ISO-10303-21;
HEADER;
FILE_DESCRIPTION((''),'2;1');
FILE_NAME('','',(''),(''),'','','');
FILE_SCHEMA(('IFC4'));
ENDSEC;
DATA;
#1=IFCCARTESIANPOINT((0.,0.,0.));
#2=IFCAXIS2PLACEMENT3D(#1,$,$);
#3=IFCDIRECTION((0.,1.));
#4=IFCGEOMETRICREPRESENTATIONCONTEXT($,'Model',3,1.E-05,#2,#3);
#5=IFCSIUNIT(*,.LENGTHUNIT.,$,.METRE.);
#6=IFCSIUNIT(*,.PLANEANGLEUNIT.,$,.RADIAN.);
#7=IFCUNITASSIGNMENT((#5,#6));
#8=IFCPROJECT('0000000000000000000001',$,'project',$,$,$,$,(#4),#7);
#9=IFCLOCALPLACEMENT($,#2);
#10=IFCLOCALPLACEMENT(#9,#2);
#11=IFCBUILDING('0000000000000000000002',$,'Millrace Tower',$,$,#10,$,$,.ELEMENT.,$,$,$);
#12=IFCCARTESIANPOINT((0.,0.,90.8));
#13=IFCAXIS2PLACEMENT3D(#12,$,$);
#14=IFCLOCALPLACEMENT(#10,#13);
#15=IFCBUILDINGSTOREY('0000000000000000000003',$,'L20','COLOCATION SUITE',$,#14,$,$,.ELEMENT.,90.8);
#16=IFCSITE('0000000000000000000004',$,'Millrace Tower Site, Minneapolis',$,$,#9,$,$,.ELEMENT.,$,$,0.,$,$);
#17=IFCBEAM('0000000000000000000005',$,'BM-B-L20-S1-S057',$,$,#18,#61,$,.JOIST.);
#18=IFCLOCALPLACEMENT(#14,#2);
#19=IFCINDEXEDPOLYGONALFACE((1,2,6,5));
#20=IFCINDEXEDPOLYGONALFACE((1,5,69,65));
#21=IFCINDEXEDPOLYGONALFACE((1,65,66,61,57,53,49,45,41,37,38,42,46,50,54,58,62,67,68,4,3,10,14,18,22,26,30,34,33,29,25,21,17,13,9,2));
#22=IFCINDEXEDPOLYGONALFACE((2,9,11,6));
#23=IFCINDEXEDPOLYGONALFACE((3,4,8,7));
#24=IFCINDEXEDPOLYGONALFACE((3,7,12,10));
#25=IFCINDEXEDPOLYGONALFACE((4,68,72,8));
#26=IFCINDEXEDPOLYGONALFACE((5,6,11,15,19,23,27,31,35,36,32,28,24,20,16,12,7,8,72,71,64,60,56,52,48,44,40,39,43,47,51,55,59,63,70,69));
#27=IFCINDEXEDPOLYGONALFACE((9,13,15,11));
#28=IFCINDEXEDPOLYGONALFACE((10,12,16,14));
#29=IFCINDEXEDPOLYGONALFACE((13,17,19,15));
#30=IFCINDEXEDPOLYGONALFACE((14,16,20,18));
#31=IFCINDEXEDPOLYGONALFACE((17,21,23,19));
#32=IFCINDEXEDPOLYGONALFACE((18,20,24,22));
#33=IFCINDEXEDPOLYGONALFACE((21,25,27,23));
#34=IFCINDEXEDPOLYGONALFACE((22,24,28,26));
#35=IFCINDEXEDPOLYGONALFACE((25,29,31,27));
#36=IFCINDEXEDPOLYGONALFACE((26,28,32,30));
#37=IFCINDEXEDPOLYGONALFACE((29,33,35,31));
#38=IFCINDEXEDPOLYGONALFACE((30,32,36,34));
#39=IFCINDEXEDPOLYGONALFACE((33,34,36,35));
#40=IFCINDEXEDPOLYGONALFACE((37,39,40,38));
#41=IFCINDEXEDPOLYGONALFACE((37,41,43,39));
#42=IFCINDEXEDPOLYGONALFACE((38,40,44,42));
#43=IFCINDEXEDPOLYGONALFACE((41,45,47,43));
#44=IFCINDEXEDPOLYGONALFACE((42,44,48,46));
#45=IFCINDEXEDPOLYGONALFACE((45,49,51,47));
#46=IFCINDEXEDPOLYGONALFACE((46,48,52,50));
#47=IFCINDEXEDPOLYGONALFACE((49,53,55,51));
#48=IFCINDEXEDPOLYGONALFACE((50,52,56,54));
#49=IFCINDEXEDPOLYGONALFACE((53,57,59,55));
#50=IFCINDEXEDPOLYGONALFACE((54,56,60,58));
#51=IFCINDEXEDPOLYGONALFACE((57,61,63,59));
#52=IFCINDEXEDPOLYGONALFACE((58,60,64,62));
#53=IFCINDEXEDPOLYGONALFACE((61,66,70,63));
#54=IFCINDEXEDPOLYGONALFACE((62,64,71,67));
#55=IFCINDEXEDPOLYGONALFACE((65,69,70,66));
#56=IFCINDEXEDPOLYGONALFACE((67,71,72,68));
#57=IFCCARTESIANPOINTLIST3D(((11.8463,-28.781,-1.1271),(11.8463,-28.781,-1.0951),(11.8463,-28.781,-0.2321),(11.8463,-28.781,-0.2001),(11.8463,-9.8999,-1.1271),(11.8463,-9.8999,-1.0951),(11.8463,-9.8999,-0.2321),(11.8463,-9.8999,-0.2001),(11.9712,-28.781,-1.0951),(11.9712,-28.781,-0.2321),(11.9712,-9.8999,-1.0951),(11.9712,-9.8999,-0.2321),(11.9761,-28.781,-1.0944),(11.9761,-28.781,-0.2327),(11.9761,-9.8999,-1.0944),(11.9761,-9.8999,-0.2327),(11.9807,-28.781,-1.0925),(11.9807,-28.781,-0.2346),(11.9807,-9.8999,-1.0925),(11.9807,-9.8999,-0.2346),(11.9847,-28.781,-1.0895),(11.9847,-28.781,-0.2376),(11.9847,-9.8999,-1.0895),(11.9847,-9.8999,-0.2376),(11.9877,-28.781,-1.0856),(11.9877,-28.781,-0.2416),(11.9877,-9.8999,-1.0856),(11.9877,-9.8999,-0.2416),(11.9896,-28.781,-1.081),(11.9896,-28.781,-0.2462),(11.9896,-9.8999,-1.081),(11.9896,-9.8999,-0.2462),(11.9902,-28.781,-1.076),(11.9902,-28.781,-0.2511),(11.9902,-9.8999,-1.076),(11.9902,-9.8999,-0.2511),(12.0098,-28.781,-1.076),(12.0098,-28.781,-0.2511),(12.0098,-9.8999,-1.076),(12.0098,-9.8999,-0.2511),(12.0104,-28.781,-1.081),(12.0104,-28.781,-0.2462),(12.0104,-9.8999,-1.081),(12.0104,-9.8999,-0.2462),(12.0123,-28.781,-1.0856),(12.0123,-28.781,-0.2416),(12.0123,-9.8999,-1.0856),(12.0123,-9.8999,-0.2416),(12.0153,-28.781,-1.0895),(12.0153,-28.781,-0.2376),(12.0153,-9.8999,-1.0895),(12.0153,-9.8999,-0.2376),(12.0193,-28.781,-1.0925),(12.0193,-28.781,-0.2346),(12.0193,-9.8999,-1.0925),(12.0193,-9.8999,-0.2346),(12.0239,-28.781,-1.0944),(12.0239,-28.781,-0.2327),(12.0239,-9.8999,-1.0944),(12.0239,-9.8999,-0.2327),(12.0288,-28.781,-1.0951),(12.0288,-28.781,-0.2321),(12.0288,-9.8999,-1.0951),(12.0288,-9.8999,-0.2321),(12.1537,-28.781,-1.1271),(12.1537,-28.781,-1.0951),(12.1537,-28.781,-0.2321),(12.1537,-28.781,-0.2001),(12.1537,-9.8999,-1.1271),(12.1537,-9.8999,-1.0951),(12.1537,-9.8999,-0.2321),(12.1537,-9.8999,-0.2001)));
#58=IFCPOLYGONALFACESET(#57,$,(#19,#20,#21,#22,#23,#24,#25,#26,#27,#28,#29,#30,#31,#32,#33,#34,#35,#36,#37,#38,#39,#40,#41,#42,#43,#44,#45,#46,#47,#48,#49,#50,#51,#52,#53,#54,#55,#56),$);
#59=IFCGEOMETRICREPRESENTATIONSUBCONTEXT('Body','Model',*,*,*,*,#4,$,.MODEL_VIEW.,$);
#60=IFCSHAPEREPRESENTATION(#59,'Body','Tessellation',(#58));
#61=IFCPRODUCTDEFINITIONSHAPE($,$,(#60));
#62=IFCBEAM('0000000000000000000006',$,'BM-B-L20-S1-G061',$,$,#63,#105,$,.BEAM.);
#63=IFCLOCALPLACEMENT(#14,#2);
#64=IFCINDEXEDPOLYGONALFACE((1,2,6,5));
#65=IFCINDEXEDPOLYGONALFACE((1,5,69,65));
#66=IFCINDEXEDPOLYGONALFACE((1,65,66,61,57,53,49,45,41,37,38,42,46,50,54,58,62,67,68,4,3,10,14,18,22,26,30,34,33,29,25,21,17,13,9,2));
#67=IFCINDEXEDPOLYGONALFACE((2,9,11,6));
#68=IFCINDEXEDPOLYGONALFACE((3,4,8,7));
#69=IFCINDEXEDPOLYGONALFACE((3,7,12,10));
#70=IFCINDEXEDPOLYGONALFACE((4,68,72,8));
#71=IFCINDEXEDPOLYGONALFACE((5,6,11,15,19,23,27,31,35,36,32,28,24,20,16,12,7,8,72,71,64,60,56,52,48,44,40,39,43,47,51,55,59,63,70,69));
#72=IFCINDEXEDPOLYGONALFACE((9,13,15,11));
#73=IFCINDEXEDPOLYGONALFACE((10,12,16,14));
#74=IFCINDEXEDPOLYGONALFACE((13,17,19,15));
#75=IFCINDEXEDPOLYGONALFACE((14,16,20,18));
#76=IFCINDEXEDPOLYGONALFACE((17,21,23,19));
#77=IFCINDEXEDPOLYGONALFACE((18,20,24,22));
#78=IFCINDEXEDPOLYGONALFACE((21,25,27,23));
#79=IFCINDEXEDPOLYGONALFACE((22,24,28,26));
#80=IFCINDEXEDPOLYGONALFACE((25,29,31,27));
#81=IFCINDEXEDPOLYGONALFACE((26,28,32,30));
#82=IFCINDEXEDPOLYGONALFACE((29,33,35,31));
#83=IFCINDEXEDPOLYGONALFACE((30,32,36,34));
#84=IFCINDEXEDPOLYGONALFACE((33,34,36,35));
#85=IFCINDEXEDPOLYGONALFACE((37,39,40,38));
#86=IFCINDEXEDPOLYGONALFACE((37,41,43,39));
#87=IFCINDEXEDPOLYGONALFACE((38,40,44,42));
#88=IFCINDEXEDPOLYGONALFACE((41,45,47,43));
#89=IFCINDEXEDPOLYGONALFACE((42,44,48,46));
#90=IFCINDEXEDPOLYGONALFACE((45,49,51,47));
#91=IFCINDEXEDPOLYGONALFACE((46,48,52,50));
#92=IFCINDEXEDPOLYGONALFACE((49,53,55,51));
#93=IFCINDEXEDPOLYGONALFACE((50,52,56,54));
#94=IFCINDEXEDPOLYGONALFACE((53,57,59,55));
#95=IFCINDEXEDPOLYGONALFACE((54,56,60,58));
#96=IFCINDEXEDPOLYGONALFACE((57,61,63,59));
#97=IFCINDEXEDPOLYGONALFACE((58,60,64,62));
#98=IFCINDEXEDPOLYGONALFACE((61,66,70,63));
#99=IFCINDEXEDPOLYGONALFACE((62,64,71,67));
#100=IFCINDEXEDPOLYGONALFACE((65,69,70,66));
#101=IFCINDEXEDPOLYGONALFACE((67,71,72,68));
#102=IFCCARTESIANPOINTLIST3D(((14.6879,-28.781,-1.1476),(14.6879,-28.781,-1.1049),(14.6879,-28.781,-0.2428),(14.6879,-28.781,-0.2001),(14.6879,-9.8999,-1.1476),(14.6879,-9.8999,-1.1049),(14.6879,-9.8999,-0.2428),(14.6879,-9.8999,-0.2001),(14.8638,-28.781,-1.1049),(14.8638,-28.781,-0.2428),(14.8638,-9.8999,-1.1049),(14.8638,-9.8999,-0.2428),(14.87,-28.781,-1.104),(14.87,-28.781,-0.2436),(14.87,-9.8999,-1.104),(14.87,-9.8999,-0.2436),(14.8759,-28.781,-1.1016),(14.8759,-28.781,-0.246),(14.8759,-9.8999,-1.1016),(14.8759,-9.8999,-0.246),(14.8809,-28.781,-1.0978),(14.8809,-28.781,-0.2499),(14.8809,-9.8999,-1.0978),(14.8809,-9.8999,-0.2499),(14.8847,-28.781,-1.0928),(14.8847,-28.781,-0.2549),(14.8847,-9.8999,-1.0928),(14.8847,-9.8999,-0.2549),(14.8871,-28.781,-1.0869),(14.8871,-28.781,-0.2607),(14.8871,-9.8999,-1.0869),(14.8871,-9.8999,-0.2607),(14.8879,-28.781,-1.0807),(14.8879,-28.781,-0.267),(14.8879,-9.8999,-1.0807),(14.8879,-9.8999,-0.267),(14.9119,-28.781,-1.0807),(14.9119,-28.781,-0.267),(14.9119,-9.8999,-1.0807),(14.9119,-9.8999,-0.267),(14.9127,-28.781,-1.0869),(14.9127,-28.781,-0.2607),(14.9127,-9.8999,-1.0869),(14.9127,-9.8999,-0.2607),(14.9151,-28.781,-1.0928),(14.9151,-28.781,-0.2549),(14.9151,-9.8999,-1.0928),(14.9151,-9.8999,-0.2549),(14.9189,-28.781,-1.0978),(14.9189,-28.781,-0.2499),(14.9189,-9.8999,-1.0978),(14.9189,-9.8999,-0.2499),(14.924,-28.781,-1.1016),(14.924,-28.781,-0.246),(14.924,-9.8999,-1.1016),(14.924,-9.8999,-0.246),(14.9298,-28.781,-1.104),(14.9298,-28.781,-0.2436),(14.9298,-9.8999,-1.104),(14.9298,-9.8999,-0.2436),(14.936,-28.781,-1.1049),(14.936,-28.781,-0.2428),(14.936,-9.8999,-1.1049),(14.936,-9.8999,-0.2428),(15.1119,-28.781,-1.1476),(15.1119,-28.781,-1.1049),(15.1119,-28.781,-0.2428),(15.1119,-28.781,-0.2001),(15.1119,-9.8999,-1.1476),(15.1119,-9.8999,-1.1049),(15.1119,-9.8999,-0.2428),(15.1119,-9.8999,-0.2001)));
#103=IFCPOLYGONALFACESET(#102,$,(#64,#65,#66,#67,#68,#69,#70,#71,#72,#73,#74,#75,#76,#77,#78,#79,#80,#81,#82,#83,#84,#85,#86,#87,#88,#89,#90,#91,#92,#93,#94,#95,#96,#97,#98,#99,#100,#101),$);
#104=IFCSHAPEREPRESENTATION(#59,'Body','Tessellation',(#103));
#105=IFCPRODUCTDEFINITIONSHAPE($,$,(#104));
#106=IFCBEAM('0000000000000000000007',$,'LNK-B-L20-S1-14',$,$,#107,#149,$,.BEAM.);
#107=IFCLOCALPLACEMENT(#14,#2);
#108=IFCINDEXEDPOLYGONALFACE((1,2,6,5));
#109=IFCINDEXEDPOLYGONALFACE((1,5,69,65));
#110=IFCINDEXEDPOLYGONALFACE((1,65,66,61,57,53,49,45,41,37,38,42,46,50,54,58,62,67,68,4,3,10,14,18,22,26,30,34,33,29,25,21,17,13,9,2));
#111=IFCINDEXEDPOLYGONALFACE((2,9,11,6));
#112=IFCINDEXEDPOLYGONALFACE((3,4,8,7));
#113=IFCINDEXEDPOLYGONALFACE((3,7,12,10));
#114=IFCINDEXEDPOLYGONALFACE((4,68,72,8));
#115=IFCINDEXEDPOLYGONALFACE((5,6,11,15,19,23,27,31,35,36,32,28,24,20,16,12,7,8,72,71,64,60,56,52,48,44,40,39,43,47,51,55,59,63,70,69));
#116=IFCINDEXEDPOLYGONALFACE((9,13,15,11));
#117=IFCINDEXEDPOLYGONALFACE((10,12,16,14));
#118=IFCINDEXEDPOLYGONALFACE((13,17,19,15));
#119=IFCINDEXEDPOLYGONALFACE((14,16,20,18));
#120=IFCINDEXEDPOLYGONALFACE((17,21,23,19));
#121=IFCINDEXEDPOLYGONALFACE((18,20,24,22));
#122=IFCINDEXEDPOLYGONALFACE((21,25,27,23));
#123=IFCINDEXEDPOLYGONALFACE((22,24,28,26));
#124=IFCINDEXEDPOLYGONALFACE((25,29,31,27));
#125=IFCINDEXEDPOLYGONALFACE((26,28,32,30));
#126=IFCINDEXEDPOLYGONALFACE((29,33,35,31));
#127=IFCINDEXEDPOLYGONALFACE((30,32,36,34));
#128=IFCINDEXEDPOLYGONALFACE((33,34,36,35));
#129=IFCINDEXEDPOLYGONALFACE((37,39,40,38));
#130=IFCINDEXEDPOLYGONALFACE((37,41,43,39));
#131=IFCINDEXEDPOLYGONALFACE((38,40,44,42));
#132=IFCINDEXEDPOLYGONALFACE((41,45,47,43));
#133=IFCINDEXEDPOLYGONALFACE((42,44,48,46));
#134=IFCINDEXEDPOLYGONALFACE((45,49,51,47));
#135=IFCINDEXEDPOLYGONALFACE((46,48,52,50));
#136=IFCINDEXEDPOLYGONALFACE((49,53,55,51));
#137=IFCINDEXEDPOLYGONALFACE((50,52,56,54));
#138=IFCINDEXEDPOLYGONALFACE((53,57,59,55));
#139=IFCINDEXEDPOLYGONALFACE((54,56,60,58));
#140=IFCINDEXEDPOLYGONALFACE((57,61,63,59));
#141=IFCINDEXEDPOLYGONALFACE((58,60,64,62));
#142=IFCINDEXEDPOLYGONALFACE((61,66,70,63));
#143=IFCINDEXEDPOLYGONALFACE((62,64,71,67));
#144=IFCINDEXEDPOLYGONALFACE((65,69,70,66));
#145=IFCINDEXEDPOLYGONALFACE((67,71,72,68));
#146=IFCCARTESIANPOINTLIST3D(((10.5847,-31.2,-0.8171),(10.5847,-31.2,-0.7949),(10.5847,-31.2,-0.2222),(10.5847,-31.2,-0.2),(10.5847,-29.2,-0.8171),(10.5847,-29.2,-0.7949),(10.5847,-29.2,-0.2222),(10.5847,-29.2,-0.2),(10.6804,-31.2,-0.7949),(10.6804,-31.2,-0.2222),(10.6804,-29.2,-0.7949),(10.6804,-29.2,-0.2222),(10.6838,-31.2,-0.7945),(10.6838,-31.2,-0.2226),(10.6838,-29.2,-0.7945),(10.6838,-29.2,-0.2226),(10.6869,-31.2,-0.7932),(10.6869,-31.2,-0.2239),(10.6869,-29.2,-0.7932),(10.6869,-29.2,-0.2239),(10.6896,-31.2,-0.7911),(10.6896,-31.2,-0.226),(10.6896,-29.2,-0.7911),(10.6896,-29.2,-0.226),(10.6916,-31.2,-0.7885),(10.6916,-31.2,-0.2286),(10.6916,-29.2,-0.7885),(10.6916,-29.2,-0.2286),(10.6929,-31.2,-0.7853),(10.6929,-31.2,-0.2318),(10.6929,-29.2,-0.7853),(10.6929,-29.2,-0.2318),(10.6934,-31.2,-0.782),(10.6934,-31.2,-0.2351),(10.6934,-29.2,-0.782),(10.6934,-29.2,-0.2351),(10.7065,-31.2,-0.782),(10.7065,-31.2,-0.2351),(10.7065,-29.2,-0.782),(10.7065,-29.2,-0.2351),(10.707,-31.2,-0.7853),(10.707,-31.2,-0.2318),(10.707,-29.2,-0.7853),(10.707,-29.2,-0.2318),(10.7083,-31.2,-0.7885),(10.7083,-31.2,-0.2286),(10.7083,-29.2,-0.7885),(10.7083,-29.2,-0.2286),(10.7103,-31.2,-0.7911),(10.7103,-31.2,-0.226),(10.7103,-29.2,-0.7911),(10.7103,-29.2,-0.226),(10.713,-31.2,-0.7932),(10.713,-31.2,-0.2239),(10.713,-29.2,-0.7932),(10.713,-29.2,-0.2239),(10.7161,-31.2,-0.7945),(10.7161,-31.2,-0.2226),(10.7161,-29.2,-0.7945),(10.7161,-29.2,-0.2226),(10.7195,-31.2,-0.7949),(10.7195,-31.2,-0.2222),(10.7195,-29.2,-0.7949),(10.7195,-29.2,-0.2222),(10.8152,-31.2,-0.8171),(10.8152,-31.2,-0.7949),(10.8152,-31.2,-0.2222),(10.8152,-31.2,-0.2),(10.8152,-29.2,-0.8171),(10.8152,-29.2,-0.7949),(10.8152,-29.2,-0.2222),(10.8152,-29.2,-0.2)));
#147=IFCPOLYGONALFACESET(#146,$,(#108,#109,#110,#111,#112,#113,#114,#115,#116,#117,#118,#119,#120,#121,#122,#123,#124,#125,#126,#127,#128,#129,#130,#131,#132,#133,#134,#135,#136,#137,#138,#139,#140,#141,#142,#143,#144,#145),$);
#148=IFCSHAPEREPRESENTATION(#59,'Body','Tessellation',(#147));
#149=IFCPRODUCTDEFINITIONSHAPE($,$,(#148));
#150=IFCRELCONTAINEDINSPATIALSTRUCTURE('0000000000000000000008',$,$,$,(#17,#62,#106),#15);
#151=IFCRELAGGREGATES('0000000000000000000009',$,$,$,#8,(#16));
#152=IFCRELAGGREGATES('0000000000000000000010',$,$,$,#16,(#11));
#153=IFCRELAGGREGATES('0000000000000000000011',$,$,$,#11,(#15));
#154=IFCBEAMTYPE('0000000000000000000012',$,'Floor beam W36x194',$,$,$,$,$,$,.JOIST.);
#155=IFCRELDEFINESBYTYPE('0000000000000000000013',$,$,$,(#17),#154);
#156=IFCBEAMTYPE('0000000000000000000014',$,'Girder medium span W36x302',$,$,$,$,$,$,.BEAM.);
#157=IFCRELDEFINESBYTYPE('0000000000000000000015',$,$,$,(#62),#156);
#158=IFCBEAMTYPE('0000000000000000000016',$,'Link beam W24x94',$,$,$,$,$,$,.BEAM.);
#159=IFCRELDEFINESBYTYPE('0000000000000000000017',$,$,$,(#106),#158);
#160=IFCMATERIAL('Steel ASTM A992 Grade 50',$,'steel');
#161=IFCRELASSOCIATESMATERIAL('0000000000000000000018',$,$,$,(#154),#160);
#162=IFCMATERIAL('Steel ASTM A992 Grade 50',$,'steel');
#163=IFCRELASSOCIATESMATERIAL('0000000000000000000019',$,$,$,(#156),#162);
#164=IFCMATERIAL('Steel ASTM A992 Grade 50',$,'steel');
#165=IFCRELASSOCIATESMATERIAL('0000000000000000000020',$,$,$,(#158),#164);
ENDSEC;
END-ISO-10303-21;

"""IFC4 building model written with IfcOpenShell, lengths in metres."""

from ifc_helpers import new_model, si_unit, direction, frame, origin, origin_2d, place, context, subcontext, project, spatial, i_section, extrude, material, material_profile, profile_set, type_object, element, save


model = new_model("IFC4")

# Units and contexts
model_context = context("Model", 3, precision=1e-05, world=origin(), true_north=direction((0.0, 1.0)))
body_context = subcontext(model_context, "Body", "Model", "MODEL_VIEW")
ifc_project = project(units=[si_unit("LENGTHUNIT", "METRE"), si_unit("PLANEANGLEUNIT", "RADIAN")], contexts=[model_context])

# Site, building, storey
site_placement = place(None, origin())
site = spatial("IfcSite", under=ifc_project, at=site_placement, Name="Millrace Tower Site, Minneapolis", CompositionType="ELEMENT", RefElevation=0.0)
building_placement = place(site_placement, origin())
building = spatial("IfcBuilding", under=site, at=building_placement, Name="Millrace Tower", CompositionType="ELEMENT")
storey_placement = place(building_placement, frame((0.0, 0.0, 90.8)))
storey = spatial("IfcBuildingStorey", under=building, at=storey_placement, Name="L20", Description="COLOCATION SUITE", CompositionType="ELEMENT", Elevation=90.8)

# Beams
ifc_material_1 = material(Name="Steel ASTM A992 Grade 50", Category="steel")
ifc_material_profile_1 = material_profile(ifc_material_1, i_section(OverallWidth=0.3074, OverallDepth=0.927, WebThickness=0.0195, FlangeThickness=0.032, FilletRadius=0.019, at=origin_2d()))
ifc_profile_set_1 = profile_set([ifc_material_profile_1], Name="Steel ASTM A992 Grade 50")
beam_type_1 = type_object("IfcBeamType", Name="Floor beam W36x194", PredefinedType="JOIST", material=ifc_profile_set_1)
for number, where, z_axis, x_axis, name in (
    (1, (12.0, -28.781, -0.6636), (0.0, 1.0, 0.0), (-1.0, 0.0, 0.0), "BM-B-L20-S1-S057"),
):
    element("IfcBeam", number, at=place(storey_placement, frame(where, z_axis=z_axis, x_axis=x_axis)), inside=storey, type_object=beam_type_1, Name=name, PredefinedType="JOIST", context=body_context, shape_type="SweptSolid", body=[
        extrude(i_section(OverallWidth=0.3074, OverallDepth=0.927, WebThickness=0.0195, FlangeThickness=0.032, FilletRadius=0.019, at=origin_2d()), origin(), (0.0, 0.0, 1.0), 18.8811),
    ])
ifc_material_2 = material(Name="Steel ASTM A992 Grade 50", Category="steel")
ifc_material_profile_2 = material_profile(ifc_material_2, i_section(OverallWidth=0.4241, OverallDepth=0.9475, WebThickness=0.0239, FlangeThickness=0.0427, FilletRadius=0.0242, at=origin_2d()))
ifc_profile_set_2 = profile_set([ifc_material_profile_2], Name="Steel ASTM A992 Grade 50")
beam_type_2 = type_object("IfcBeamType", Name="Girder medium span W36x302", PredefinedType="BEAM", material=ifc_profile_set_2)
beam_1_placement = place(storey_placement, frame((14.8999, -28.781, -0.6738), z_axis=(0.0, 1.0, 0.0), x_axis=(-1.0, 0.0, 0.0)))
element("IfcBeam", 2, at=beam_1_placement, inside=storey, type_object=beam_type_2, Name="BM-B-L20-S1-G061", PredefinedType="BEAM", context=body_context, shape_type="SweptSolid", body=[
    extrude(i_section(OverallWidth=0.4241, OverallDepth=0.9475, WebThickness=0.0239, FlangeThickness=0.0427, FilletRadius=0.0242, at=origin_2d()), origin(), (0.0, 0.0, 1.0), 18.8811),
])
ifc_material_3 = material(Name="Steel ASTM A992 Grade 50", Category="steel")
ifc_material_profile_3 = material_profile(ifc_material_3, i_section(OverallWidth=0.2305, OverallDepth=0.6172, WebThickness=0.0132, FlangeThickness=0.0222, FilletRadius=0.0129, at=origin_2d()))
ifc_profile_set_3 = profile_set([ifc_material_profile_3], Name="Steel ASTM A992 Grade 50")
beam_type_3 = type_object("IfcBeamType", Name="Link beam W24x94", PredefinedType="BEAM", material=ifc_profile_set_3)
beam_2_placement = place(storey_placement, frame((10.7, -29.2, -0.5085), z_axis=(0.0, -1.0, 0.0), x_axis=(1.0, 0.0, 0.0)))
element("IfcBeam", 3, at=beam_2_placement, inside=storey, type_object=beam_type_3, Name="LNK-B-L20-S1-14", PredefinedType="BEAM", context=body_context, shape_type="SweptSolid", body=[
    extrude(i_section(OverallWidth=0.2305, OverallDepth=0.6172, WebThickness=0.0132, FlangeThickness=0.0222, FilletRadius=0.0129, at=origin_2d()), origin(), (0.0, 0.0, 1.0), 2.0),
])

save(model, "model.ifc")
